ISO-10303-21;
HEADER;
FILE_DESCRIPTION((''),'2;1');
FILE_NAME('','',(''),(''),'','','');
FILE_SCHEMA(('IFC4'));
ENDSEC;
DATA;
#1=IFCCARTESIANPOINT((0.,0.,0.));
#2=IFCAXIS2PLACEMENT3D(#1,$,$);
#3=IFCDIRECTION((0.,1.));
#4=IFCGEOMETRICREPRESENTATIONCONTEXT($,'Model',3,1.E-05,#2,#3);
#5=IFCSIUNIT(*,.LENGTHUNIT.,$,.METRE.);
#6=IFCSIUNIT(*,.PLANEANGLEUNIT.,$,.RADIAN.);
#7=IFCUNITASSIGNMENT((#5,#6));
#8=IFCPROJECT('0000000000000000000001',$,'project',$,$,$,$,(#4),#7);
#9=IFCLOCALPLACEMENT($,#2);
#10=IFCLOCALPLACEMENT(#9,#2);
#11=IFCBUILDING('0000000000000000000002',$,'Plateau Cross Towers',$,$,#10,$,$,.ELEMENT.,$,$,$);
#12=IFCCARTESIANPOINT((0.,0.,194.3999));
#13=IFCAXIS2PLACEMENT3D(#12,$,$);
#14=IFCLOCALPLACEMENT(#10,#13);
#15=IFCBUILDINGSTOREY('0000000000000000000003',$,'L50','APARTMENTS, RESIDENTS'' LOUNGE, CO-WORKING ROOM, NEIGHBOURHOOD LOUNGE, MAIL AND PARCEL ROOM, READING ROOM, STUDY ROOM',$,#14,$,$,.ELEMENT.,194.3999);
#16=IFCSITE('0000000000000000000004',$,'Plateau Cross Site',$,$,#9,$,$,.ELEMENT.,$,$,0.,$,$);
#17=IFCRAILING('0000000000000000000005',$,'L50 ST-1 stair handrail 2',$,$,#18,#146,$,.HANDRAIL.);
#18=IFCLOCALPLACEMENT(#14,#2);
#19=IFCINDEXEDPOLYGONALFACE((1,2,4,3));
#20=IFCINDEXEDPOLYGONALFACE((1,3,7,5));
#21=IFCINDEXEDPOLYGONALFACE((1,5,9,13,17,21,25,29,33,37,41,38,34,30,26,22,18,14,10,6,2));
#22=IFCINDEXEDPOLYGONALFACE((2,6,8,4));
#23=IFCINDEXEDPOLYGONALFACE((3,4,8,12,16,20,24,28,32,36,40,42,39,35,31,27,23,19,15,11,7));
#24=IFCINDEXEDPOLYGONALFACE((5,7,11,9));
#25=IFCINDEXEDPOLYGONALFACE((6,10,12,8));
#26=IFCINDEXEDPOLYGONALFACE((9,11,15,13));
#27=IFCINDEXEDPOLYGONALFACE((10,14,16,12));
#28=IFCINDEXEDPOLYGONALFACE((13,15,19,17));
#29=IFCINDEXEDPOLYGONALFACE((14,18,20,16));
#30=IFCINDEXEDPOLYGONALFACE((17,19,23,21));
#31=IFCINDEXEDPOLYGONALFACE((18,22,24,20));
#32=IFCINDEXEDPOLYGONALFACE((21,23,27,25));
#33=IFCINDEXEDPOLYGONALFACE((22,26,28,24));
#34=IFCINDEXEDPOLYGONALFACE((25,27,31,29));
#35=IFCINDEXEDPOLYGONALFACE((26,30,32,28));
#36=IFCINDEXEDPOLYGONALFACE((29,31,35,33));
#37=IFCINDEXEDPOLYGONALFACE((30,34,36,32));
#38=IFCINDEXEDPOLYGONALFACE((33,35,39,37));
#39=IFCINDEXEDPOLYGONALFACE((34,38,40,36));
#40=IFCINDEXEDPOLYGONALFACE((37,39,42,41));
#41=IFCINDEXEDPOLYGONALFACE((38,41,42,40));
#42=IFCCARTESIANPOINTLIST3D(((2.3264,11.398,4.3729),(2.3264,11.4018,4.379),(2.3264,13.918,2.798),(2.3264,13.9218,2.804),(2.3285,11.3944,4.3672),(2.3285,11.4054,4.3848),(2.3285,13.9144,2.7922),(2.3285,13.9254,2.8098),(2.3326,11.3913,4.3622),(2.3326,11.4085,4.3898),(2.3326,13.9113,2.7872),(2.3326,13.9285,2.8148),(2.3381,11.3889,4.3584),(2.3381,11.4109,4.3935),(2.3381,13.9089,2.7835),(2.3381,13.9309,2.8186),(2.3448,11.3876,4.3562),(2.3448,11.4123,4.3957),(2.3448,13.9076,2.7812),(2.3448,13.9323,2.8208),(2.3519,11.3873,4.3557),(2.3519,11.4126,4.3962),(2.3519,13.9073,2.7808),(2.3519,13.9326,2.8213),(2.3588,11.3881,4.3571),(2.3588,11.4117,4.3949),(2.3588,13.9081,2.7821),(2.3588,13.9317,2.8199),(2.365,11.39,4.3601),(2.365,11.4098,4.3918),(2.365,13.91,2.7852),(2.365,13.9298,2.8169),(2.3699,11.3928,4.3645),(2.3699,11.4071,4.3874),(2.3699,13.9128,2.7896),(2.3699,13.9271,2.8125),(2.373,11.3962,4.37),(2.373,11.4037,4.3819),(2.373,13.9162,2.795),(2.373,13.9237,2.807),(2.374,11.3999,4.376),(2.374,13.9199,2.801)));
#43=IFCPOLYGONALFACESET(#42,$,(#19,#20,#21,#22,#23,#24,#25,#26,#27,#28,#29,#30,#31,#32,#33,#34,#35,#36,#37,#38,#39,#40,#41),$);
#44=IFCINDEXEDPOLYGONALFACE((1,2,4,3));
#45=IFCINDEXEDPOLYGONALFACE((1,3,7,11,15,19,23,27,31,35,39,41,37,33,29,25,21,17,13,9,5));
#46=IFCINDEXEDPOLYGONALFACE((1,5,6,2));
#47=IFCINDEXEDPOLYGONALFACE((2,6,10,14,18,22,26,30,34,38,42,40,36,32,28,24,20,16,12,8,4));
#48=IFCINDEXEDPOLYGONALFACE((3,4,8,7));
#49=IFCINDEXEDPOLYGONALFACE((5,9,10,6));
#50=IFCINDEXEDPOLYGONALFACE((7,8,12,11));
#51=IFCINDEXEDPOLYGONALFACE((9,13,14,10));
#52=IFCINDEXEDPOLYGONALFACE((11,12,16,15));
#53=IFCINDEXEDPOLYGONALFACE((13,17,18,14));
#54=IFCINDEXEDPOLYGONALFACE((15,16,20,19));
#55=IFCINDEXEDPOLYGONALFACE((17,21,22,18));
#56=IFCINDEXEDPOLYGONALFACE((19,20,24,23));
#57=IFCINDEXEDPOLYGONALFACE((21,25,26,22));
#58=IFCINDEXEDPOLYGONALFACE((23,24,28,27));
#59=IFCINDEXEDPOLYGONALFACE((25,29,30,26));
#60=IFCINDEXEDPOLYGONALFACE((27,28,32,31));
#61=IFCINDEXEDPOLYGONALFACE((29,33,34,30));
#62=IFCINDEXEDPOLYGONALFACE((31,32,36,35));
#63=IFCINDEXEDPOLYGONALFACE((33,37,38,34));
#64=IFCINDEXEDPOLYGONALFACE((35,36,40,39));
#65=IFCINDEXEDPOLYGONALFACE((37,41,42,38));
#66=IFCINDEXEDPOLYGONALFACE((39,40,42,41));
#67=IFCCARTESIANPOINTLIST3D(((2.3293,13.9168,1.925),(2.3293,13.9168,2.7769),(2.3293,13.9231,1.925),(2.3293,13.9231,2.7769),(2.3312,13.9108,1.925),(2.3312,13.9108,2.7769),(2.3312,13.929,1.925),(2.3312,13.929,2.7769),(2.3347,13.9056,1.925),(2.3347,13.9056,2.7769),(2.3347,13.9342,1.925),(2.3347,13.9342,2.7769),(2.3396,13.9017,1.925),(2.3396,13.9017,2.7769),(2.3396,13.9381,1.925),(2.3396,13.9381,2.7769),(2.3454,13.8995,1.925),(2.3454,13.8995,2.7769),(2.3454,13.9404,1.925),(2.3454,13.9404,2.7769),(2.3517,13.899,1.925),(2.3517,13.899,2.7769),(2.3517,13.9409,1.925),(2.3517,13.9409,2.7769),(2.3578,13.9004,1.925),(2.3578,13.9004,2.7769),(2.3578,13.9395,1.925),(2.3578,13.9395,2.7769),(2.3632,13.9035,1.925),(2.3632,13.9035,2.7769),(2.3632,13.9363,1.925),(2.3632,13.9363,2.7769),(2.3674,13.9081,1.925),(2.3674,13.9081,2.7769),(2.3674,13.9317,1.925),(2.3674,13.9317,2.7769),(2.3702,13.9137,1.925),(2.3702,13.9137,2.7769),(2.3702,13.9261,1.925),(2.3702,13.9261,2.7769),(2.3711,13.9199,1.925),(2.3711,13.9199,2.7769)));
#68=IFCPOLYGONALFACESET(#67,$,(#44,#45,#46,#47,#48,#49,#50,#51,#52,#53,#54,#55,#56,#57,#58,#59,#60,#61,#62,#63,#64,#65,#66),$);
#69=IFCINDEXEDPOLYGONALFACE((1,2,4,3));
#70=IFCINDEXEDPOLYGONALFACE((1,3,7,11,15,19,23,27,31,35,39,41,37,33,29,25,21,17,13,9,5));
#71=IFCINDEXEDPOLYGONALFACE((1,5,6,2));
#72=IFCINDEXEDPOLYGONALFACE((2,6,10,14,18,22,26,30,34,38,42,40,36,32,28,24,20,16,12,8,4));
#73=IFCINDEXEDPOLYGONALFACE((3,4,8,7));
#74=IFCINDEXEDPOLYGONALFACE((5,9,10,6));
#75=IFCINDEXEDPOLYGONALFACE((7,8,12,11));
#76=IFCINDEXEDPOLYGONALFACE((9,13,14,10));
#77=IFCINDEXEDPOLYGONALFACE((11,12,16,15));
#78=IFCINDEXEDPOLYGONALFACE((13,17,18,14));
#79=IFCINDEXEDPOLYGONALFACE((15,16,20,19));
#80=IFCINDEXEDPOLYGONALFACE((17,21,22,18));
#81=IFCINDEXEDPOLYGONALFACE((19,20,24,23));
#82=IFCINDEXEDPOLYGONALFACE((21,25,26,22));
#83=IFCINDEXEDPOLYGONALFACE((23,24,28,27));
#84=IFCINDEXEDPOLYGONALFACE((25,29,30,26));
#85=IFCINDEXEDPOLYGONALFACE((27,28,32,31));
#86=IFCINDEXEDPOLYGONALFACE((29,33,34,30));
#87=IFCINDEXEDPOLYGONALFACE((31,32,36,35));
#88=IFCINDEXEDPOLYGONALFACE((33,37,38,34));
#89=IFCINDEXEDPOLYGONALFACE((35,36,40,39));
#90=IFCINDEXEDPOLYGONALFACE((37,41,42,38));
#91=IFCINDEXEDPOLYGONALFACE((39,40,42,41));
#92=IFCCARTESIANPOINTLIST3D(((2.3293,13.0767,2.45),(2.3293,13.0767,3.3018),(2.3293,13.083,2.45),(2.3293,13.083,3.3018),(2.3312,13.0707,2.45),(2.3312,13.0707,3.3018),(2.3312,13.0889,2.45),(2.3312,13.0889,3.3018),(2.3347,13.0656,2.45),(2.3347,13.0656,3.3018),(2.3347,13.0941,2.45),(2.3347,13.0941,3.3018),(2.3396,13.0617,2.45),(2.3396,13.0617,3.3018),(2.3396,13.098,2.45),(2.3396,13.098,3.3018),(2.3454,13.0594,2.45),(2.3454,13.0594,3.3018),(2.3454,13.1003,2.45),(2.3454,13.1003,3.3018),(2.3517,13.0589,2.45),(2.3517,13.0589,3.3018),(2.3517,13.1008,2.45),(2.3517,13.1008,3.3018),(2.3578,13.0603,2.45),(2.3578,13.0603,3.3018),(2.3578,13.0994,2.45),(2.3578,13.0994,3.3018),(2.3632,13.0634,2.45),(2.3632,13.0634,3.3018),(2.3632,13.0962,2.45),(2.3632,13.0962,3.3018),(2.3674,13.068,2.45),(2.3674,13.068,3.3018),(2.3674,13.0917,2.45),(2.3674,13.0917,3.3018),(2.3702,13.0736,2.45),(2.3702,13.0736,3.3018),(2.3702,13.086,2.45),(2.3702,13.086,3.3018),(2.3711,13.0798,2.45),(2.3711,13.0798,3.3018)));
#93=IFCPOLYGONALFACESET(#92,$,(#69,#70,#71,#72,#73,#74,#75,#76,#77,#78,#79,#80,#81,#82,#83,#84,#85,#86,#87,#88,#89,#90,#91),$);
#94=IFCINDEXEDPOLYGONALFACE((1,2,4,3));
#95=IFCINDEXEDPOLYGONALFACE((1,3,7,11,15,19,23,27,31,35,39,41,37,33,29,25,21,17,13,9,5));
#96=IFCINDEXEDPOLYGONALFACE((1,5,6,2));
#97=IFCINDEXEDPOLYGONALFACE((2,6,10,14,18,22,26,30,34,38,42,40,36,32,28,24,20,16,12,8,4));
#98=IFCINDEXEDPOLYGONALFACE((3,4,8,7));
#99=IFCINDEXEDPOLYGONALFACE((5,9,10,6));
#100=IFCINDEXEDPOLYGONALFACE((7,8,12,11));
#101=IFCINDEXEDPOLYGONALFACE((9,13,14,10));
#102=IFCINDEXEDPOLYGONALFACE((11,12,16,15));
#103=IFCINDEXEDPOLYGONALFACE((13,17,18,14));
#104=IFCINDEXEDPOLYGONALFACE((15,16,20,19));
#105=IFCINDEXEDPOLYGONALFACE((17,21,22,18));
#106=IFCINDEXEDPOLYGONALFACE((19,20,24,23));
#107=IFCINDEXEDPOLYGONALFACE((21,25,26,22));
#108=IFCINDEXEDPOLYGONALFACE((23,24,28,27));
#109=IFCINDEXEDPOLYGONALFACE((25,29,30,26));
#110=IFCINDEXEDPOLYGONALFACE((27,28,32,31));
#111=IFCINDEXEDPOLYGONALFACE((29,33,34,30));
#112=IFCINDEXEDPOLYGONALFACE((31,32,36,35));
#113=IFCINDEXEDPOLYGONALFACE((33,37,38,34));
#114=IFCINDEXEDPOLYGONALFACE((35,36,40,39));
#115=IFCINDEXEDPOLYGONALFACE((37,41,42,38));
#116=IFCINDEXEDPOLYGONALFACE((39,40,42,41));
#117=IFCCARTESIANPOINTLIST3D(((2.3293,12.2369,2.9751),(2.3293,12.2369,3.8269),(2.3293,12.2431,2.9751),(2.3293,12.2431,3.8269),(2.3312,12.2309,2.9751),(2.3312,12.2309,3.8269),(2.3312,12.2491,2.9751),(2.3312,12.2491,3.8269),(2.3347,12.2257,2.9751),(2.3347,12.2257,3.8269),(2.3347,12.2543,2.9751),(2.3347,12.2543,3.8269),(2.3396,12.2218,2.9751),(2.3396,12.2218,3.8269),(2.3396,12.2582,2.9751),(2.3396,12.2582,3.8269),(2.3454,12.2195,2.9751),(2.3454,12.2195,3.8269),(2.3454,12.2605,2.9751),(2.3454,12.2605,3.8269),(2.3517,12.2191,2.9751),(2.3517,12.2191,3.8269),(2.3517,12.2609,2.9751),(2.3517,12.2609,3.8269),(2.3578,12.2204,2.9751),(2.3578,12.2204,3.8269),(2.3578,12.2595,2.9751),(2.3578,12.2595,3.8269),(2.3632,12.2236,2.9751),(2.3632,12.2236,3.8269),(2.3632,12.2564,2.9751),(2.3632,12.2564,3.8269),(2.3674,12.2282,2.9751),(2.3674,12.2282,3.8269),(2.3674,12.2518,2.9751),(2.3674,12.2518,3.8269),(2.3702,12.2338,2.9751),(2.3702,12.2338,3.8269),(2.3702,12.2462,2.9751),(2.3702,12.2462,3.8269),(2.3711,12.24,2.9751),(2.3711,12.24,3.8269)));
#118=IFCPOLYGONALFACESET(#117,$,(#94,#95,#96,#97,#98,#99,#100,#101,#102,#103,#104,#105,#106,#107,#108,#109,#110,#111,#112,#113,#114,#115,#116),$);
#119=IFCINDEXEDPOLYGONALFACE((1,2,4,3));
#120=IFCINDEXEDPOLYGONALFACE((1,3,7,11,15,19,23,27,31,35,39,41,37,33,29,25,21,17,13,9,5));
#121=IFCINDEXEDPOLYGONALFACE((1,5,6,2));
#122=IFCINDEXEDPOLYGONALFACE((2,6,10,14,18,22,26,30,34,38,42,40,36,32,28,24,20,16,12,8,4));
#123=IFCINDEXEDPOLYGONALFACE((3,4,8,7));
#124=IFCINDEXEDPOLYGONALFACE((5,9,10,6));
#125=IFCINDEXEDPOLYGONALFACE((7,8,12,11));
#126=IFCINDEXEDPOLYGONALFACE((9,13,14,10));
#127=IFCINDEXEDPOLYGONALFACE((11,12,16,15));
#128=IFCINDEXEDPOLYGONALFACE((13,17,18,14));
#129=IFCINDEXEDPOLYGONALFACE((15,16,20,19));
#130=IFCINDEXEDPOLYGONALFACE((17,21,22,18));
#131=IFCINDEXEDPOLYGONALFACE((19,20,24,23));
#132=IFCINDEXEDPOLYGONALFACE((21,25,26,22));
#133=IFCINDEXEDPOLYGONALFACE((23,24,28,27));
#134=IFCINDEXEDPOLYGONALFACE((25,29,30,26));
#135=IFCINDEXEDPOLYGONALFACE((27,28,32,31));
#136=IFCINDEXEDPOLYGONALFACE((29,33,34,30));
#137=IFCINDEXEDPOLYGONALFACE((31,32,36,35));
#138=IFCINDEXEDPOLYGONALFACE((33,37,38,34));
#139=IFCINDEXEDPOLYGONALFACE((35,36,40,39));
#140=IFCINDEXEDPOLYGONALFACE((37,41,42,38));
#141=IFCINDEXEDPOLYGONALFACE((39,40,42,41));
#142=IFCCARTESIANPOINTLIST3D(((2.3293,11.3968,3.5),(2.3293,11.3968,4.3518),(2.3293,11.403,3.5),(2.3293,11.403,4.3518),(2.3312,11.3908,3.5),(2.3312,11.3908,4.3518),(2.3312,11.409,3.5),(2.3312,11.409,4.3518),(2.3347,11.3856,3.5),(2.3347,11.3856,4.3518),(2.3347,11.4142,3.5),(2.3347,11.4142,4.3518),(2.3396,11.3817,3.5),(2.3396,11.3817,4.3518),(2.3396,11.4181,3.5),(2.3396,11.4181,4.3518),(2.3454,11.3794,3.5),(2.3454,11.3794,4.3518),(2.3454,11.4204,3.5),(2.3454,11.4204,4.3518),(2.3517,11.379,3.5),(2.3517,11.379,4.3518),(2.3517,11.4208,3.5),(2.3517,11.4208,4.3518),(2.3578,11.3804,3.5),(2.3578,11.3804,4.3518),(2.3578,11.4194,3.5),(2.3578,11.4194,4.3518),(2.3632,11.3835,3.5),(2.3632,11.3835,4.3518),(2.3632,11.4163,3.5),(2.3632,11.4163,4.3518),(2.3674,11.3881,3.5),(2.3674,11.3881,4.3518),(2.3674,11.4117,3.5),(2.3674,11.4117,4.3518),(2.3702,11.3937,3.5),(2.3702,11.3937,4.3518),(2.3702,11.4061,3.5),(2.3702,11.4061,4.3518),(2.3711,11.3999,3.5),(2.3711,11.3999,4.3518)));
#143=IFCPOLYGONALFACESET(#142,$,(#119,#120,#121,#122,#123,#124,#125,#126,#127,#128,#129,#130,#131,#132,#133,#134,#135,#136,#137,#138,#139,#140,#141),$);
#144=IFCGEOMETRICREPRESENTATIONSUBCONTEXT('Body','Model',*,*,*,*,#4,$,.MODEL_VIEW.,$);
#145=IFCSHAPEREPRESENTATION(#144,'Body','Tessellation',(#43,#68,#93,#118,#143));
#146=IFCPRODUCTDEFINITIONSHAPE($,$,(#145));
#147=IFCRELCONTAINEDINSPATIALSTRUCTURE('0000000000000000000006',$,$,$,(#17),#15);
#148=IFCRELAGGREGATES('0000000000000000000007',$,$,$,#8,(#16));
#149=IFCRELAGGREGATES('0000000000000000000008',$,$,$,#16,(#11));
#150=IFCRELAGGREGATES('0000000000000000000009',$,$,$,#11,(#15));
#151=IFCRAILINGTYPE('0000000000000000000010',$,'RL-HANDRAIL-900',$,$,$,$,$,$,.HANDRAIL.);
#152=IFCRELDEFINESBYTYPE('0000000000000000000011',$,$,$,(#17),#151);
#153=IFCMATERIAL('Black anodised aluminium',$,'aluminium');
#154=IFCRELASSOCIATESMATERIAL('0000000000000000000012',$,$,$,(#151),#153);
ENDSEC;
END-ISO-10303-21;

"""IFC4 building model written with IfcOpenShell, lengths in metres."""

from ifc_helpers import new_model, si_unit, direction, frame, origin, origin_2d, place, context, subcontext, project, spatial, circle, extrude, material, type_object, element, save


model = new_model("IFC4")

# Units and contexts
model_context = context("Model", 3, precision=1e-05, world=origin(), true_north=direction((0.0, 1.0)))
body_context = subcontext(model_context, "Body", "Model", "MODEL_VIEW")
ifc_project = project(units=[si_unit("LENGTHUNIT", "METRE"), si_unit("PLANEANGLEUNIT", "RADIAN")], contexts=[model_context])

# Site, building, storey
site_placement = place(None, origin())
site = spatial("IfcSite", under=ifc_project, at=site_placement, Name="Plateau Cross Site", CompositionType="ELEMENT", RefElevation=0.0)
building_placement = place(site_placement, origin())
building = spatial("IfcBuilding", under=site, at=building_placement, Name="Plateau Cross Towers", CompositionType="ELEMENT")
storey_placement = place(building_placement, frame((0.0, 0.0, 194.3999)))
storey = spatial("IfcBuildingStorey", under=building, at=storey_placement, Name="L50", Description="APARTMENTS, RESIDENTS' LOUNGE, CO-WORKING ROOM, NEIGHBOURHOOD LOUNGE, MAIL AND PARCEL ROOM, READING ROOM, STUDY ROOM", CompositionType="ELEMENT", Elevation=194.3999)

# Shared definitions
ifc_material_1 = material(Name="Black anodised aluminium", Category="aluminium")

# Railing
railing_type_1 = type_object("IfcRailingType", Name="RL-HANDRAIL-900", PredefinedType="HANDRAIL", material=ifc_material_1)
railing_1_placement = place(storey_placement, frame((2.3501, 13.9199, 1.925)))
element("IfcRailing", 1, at=railing_1_placement, inside=storey, type_object=railing_type_1, Name="L50 ST-1 stair handrail 2", PredefinedType="HANDRAIL", context=body_context, shape_type="SweptSolid", body=[
    extrude(circle(Radius=0.0239, at=origin_2d()), frame((0.0, 0.0, 0.876), z_axis=(0.0, -0.848008, 0.529984), x_axis=(1.0, 0.0, 0.0)), (0.0, 0.0, 1.0), 2.9717),
    extrude(circle(Radius=0.021, at=origin_2d()), origin(), (0.0, 0.0, 1.0), 0.8518),
    extrude(circle(Radius=0.021, at=origin_2d()), frame((0.0, -0.8401, 0.5249)), (0.0, 0.0, 1.0), 0.8518),
    extrude(circle(Radius=0.021, at=origin_2d()), frame((0.0, -1.6799, 1.05)), (0.0, 0.0, 1.0), 0.8518),
    extrude(circle(Radius=0.021, at=origin_2d()), frame((0.0, -2.52, 1.575)), (0.0, 0.0, 1.0), 0.8518),
])

save(model, "model.ifc")
